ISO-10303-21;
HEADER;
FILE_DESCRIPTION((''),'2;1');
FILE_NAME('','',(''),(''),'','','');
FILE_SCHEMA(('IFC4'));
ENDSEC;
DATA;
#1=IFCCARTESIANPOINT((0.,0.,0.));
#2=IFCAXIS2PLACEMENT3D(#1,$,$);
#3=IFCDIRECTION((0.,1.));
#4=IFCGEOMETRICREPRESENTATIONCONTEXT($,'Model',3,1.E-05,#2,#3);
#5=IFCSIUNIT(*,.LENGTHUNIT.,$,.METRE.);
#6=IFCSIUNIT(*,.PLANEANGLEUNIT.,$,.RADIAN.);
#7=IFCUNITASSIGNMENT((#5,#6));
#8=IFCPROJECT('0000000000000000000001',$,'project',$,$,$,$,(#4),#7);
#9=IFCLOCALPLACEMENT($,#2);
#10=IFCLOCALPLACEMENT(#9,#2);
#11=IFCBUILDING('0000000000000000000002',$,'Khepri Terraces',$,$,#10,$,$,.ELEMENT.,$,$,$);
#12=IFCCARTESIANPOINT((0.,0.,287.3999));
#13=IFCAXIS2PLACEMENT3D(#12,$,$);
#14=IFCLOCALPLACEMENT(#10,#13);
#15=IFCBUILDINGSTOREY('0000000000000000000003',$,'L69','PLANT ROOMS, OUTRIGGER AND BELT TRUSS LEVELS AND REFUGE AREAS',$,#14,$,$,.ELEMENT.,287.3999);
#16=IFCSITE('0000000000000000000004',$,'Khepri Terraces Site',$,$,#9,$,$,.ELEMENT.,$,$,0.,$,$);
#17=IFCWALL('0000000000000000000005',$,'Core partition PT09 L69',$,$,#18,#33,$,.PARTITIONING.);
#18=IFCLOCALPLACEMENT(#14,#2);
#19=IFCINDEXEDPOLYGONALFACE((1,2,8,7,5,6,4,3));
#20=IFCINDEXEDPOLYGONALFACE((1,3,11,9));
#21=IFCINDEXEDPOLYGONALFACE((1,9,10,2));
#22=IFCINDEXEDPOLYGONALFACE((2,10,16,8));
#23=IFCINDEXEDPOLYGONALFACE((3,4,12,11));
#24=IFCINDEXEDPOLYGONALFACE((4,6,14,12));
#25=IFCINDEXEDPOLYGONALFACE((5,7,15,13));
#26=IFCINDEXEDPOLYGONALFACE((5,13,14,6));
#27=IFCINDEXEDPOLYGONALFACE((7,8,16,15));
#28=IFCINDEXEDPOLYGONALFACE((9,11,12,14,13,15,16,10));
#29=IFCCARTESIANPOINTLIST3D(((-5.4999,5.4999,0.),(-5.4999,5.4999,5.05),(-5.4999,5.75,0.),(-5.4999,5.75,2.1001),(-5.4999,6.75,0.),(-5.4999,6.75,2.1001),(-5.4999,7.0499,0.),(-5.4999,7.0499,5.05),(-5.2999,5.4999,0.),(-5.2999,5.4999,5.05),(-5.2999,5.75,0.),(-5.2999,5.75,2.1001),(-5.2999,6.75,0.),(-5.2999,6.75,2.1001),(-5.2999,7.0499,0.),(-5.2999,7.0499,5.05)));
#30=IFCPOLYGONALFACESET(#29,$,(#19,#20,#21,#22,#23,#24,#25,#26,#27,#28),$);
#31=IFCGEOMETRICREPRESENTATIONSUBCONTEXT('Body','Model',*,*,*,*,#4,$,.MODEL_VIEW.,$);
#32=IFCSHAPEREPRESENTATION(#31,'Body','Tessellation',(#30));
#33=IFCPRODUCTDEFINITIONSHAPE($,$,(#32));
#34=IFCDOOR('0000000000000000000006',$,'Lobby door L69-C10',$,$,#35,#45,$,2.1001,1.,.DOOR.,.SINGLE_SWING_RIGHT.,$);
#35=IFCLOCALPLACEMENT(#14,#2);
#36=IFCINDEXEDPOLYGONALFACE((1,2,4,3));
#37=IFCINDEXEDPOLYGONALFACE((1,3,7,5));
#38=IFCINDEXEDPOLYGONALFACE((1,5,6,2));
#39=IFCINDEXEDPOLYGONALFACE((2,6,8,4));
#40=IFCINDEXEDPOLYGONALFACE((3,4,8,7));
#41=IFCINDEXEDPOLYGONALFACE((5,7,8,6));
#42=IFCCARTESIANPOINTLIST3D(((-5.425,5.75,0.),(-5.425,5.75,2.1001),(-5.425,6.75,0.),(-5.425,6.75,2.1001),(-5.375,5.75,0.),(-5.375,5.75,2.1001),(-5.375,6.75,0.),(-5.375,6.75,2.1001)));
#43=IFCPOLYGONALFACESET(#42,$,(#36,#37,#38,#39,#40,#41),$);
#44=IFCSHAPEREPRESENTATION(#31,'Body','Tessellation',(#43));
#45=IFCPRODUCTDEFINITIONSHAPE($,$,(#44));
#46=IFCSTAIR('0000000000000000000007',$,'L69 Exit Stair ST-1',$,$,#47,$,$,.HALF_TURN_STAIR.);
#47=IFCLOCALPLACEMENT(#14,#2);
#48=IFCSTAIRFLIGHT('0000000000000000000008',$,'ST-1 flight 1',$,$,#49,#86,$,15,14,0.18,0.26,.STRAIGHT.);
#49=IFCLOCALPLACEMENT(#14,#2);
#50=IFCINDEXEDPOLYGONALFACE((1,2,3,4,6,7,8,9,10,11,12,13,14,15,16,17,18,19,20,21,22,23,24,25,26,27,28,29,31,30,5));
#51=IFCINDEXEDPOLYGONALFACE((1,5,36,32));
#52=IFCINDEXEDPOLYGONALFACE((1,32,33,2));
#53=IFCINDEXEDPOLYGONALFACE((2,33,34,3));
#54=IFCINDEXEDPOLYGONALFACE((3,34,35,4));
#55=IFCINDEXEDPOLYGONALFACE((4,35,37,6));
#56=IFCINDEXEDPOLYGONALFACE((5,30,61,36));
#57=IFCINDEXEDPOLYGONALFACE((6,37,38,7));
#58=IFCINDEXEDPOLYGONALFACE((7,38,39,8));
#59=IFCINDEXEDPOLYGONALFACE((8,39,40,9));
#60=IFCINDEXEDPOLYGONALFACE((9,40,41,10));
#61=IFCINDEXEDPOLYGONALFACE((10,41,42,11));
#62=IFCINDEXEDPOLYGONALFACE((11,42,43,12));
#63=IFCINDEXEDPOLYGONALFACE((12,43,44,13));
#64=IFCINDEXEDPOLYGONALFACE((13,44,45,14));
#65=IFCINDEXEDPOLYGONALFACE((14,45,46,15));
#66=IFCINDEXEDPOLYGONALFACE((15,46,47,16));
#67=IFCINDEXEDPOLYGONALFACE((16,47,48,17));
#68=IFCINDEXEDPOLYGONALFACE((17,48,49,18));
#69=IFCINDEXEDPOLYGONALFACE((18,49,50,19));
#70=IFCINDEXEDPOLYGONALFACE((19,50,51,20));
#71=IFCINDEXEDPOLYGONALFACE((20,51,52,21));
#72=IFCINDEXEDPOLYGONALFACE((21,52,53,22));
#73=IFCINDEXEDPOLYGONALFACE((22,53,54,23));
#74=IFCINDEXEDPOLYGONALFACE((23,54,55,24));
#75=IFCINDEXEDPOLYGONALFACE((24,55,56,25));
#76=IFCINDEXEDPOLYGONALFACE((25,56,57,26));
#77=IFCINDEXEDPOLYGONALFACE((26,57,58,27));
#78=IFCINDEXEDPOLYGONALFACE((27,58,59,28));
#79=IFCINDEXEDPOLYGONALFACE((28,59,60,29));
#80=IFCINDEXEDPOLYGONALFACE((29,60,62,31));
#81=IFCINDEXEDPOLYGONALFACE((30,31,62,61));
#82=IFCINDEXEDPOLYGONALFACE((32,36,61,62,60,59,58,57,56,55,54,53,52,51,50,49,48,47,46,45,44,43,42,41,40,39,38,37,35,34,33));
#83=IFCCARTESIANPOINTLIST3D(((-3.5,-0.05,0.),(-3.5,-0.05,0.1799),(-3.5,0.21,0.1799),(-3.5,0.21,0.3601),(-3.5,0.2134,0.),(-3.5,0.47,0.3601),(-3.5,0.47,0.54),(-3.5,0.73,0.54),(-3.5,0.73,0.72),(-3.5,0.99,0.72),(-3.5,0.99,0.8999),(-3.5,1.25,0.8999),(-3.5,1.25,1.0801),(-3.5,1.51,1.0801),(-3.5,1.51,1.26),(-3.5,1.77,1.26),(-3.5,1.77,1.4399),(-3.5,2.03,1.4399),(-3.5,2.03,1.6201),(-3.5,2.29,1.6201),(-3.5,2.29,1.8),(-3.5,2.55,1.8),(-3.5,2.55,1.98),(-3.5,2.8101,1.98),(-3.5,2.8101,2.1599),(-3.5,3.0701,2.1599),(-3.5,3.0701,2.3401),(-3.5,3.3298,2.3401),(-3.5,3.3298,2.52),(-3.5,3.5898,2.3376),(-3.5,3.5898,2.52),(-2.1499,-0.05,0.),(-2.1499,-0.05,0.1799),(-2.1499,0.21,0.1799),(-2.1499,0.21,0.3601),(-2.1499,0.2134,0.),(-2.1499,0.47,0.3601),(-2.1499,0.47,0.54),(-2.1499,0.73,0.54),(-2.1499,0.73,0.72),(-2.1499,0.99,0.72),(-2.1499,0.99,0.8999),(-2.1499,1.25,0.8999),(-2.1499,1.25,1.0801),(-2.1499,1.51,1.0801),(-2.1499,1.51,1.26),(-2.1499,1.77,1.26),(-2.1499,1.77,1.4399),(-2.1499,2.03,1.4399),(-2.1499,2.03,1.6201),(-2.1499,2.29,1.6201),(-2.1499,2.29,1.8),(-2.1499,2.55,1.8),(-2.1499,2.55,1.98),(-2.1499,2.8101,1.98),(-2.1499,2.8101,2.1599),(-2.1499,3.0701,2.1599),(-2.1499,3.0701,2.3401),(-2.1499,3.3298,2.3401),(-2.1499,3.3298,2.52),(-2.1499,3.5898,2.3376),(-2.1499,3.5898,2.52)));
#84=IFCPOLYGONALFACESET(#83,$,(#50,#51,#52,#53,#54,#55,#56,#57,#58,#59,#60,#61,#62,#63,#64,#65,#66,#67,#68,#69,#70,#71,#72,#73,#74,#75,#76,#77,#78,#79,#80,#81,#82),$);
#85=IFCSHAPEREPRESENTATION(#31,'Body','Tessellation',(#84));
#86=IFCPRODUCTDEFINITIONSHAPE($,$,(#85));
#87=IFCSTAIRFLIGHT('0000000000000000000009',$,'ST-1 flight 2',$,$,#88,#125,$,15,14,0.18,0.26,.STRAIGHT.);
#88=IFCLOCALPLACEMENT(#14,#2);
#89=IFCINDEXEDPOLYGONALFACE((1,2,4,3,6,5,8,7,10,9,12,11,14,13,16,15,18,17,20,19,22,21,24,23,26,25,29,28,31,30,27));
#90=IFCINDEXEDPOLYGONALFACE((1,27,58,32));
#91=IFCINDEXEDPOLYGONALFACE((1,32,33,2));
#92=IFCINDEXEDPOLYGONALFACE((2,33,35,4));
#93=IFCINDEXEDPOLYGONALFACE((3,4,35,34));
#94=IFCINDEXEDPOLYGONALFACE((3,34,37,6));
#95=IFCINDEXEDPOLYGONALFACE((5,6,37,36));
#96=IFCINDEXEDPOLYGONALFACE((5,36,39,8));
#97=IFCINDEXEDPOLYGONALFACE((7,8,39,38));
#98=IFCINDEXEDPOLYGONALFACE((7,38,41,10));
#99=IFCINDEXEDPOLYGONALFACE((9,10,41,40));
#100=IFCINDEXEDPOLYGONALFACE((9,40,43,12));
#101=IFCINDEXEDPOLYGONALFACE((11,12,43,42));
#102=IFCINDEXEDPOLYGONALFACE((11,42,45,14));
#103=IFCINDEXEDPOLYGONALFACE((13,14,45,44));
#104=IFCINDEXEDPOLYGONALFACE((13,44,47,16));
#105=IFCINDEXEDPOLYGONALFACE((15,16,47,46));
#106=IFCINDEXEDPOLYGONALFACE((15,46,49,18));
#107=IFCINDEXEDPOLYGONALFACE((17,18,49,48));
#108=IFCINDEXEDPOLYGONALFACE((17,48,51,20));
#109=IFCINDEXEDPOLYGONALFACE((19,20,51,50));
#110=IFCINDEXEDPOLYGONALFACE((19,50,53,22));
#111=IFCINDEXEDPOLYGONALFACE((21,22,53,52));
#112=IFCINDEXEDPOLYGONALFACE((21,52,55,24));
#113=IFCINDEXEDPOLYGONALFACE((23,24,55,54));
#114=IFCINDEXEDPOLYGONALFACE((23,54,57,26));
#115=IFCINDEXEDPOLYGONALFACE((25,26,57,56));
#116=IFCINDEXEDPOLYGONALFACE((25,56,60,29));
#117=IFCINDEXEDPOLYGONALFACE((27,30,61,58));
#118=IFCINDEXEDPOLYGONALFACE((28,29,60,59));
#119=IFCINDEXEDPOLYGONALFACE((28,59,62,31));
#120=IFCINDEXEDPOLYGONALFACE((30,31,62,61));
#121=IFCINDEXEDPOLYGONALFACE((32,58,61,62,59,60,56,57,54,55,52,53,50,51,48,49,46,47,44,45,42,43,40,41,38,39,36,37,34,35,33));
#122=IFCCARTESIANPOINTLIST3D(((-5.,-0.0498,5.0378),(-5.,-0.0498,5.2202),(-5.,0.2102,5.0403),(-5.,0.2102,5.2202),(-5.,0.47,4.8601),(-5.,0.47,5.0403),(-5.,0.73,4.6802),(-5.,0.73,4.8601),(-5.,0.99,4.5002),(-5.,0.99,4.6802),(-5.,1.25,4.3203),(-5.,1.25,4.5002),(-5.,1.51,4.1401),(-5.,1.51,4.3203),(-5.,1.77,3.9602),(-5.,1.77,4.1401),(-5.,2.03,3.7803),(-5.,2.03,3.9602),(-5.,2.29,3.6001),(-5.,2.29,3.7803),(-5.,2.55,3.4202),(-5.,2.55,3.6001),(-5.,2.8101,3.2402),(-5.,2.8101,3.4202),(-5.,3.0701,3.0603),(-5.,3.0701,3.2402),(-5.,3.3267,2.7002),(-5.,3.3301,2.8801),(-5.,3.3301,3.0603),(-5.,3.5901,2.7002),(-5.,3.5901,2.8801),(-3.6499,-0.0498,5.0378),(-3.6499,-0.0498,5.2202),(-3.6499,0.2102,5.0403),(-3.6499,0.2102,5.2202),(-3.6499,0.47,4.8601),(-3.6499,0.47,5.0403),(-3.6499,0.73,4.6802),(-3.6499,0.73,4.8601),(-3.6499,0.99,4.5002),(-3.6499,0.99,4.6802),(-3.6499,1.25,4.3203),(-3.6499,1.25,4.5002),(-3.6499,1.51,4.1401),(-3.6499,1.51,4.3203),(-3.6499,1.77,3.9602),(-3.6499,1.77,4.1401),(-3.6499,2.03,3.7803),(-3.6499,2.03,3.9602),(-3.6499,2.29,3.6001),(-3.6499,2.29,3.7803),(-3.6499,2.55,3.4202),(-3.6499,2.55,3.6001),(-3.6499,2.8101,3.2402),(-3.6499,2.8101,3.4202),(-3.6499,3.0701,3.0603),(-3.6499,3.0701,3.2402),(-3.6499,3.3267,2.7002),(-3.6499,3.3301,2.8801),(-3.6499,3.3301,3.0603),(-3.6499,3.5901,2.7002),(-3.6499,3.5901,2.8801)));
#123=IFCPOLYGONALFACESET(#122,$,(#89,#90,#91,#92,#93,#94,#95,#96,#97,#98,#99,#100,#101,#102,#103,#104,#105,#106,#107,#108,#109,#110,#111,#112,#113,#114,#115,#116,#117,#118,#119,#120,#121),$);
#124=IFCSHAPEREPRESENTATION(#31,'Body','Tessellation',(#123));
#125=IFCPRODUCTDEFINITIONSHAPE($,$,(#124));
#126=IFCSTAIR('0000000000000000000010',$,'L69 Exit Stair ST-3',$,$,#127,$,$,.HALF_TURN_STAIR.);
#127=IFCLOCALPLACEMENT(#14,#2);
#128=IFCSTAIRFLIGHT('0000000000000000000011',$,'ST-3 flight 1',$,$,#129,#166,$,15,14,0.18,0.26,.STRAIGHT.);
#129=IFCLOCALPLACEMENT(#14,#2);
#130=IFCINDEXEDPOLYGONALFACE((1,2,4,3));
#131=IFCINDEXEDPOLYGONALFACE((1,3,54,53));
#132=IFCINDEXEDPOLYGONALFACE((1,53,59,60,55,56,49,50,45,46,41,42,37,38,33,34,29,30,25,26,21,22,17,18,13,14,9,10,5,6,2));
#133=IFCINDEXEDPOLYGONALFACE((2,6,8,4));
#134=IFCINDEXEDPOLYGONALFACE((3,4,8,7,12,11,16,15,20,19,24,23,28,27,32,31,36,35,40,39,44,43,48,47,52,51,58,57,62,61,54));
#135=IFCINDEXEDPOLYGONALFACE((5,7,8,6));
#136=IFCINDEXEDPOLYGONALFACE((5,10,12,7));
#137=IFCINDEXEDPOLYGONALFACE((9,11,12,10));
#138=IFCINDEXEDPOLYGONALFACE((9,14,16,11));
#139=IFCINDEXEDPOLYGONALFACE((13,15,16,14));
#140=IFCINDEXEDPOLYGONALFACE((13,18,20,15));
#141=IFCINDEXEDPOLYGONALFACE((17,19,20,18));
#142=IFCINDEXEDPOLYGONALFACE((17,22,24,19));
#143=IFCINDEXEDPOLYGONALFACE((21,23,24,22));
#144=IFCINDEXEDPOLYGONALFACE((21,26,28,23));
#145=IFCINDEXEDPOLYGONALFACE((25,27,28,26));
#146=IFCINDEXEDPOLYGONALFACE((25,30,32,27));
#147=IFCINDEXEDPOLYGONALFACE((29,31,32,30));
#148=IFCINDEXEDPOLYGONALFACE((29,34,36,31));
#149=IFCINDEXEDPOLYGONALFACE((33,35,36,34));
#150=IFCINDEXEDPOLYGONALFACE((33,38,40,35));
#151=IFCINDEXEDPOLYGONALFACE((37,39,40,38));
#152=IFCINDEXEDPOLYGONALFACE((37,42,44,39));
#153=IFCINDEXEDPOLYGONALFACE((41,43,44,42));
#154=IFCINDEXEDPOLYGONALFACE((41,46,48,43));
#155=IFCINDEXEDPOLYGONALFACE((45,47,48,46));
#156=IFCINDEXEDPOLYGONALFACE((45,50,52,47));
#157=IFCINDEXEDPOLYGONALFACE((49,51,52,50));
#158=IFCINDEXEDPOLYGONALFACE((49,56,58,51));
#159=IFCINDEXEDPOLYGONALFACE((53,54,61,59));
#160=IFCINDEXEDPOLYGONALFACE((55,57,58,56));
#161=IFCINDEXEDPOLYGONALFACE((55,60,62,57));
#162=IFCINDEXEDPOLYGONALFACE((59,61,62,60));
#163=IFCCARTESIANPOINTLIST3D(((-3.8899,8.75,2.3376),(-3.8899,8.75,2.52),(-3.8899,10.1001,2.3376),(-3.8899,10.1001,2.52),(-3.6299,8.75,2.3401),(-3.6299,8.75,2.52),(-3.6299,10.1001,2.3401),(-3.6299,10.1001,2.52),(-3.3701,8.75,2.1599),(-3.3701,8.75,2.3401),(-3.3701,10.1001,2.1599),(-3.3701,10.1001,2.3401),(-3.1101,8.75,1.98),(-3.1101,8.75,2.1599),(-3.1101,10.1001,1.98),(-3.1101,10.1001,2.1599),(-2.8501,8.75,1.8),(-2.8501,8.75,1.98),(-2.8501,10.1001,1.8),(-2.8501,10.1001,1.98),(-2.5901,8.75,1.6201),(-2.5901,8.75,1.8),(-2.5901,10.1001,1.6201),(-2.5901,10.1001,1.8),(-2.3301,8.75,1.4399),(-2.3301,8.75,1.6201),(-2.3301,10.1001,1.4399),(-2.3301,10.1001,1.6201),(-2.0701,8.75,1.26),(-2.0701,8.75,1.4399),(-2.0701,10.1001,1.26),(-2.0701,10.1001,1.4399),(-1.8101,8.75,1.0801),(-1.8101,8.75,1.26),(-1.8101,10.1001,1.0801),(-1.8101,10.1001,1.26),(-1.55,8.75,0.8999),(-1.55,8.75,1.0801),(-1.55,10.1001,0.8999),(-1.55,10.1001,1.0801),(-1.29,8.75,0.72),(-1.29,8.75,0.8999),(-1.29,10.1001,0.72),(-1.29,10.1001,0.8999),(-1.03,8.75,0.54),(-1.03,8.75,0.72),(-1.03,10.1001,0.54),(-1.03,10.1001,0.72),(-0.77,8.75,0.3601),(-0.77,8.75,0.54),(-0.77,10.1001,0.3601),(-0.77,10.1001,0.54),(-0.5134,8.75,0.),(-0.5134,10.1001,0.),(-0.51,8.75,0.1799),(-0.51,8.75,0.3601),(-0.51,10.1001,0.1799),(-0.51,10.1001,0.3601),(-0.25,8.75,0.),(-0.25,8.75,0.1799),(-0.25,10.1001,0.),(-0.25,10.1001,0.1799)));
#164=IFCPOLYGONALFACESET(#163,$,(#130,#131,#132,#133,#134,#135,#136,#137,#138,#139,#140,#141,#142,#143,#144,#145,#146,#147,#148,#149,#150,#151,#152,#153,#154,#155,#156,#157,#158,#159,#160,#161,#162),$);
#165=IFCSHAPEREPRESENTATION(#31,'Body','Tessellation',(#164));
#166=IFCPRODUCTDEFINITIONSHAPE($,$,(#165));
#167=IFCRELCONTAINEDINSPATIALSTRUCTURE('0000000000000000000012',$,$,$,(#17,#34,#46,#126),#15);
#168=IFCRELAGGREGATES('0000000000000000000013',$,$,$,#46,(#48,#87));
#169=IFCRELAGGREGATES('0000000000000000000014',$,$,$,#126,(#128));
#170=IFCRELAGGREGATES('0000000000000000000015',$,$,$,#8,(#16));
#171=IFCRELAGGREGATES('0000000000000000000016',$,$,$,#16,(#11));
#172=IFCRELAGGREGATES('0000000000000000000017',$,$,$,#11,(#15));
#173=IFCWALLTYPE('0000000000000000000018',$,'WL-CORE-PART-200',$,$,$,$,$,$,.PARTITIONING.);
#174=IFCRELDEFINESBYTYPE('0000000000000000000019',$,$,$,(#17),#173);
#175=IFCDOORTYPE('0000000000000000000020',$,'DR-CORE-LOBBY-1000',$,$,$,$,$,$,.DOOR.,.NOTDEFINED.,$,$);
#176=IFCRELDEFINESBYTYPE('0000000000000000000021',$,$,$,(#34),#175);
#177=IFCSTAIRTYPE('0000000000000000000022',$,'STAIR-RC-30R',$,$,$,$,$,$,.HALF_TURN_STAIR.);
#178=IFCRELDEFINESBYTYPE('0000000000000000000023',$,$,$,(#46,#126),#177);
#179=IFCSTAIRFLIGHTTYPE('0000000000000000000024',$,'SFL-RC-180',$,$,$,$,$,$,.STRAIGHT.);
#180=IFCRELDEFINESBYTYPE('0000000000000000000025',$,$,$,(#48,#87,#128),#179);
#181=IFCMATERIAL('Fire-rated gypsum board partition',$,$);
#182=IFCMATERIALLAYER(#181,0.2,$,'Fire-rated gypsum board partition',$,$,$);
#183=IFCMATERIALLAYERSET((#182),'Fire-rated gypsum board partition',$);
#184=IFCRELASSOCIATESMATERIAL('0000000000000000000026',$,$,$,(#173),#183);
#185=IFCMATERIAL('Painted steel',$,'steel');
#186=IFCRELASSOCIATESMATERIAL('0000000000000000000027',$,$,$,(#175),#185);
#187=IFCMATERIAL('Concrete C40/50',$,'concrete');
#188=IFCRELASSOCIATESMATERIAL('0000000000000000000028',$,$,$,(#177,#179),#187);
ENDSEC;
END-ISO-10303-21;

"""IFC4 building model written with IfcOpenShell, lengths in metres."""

from ifc_helpers import new_model, si_unit, direction, frame, frame_2d, origin, place, context, subcontext, project, spatial, polyline, rectangle, outline, extrude, material, layer, layer_set, type_object, element, fill, aggregate, save


model = new_model("IFC4")

# Units and contexts
model_context = context("Model", 3, precision=1e-05, world=origin(), true_north=direction((0.0, 1.0)))
body_context = subcontext(model_context, "Body", "Model", "MODEL_VIEW")
ifc_project = project(units=[si_unit("LENGTHUNIT", "METRE"), si_unit("PLANEANGLEUNIT", "RADIAN")], contexts=[model_context])

# Site, building, storey
site_placement = place(None, origin())
site = spatial("IfcSite", under=ifc_project, at=site_placement, Name="Khepri Terraces Site", CompositionType="ELEMENT", RefElevation=0.0)
building_placement = place(site_placement, origin())
building = spatial("IfcBuilding", under=site, at=building_placement, Name="Khepri Terraces", CompositionType="ELEMENT")
storey_placement = place(building_placement, frame((0.0, 0.0, 287.3999)))
storey = spatial("IfcBuildingStorey", under=building, at=storey_placement, Name="L69", Description="PLANT ROOMS, OUTRIGGER AND BELT TRUSS LEVELS AND REFUGE AREAS", CompositionType="ELEMENT", Elevation=287.3999)

# Shared definitions
ifc_material_1 = material(Name="Concrete C40/50", Category="concrete")

# Shared definitions
ifc_material_2 = material(Name="Painted steel", Category="steel")

# Shared definitions
ifc_material_3 = material(Name="Fire-rated gypsum board partition")

# Wall, opening, door
ifc_layer_1 = layer(ifc_material_3, 0.2, Name="Fire-rated gypsum board partition")
ifc_layer_set_1 = layer_set([ifc_layer_1], Name="Fire-rated gypsum board partition")
wall_type_1 = type_object("IfcWallType", Name="WL-CORE-PART-200", PredefinedType="PARTITIONING", material=ifc_layer_set_1)
wall_1_placement = place(storey_placement, frame((-5.3999, 5.5, 0.0), z_axis=(0.0, 0.0, 1.0), x_axis=(0.0, 1.0, 0.0)))
wall_1 = element("IfcWall", 1, at=wall_1_placement, inside=storey, type_object=wall_type_1, Name="Core partition PT09 L69", PredefinedType="PARTITIONING", context=body_context, shape_type="SweptSolid", body=[
    extrude(rectangle(XDim=1.55, YDim=0.2, at=frame_2d((0.7749, 0.0))), origin(), (0.0, 0.0, 1.0), 5.05),
])
opening_1_placement = place(wall_1_placement, frame((0.25, 0.0, 0.0)))
opening_1 = element("IfcOpeningElement", 2, at=opening_1_placement, cuts=wall_1, PredefinedType="OPENING", context=body_context, shape_type="SweptSolid", body=[
    extrude(rectangle(XDim=1.0, YDim=2.1001, at=frame_2d((0.5, 1.05))), frame((0.0, 0.1099, 0.0), z_axis=(0.0, -1.0, 0.0), x_axis=(1.0, 0.0, 0.0)), (0.0, 0.0, 1.0), 0.22),
])
door_type_1 = type_object("IfcDoorType", Name="DR-CORE-LOBBY-1000", OperationType="NOTDEFINED", PredefinedType="DOOR", material=ifc_material_2)
door_1_placement = place(opening_1_placement, frame((1.0, 0.0, 0.0), z_axis=(0.0, 0.0, 1.0), x_axis=(-1.0, 0.0, 0.0)))
door_1 = element("IfcDoor", 3, at=door_1_placement, inside=storey, type_object=door_type_1, Name="Lobby door L69-C10", OperationType="SINGLE_SWING_RIGHT", OverallHeight=2.1001, OverallWidth=1.0, PredefinedType="DOOR", context=body_context, shape_type="SweptSolid", body=[
    extrude(rectangle(XDim=1.0, YDim=2.1001, at=frame_2d((0.5, 1.05))), frame((0.0, 0.0249, 0.0), z_axis=(0.0, -1.0, 0.0), x_axis=(1.0, 0.0, 0.0)), (0.0, 0.0, 1.0), 0.05),
])
fill(opening_1, door_1)

# Stairs, stair flights
stair_type = type_object("IfcStairType", Name="STAIR-RC-30R", PredefinedType="HALF_TURN_STAIR", material=ifc_material_1)
stair_1_placement = place(storey_placement, origin())
stair_1 = element("IfcStair", 4, at=stair_1_placement, inside=storey, type_object=stair_type, Name="L69 Exit Stair ST-1", PredefinedType="HALF_TURN_STAIR")
stair_flight_type = type_object("IfcStairFlightType", Name="SFL-RC-180", PredefinedType="STRAIGHT", material=ifc_material_1)
stair_flight_1_placement = place(storey_placement, frame((-2.825, -0.05, 0.0), z_axis=(0.0, 0.0, 1.0), x_axis=(0.0, 1.0, 0.0)))
stair_flight_1 = element("IfcStairFlight", 5, at=stair_flight_1_placement, type_object=stair_flight_type, Name="ST-1 flight 1", NumberOfRisers=15, NumberOfTreads=14, PredefinedType="STRAIGHT", RiserHeight=0.18, TreadLength=0.26, context=body_context, shape_type="SweptSolid", body=[
    extrude(outline(polyline([(0.0, 0.0), (0.0, 0.1799), (0.26, 0.1799), (0.26, 0.3601), (0.52, 0.3601), (0.52, 0.54), (0.78, 0.54), (0.78, 0.72), (1.04, 0.72), (1.04, 0.8999), (1.3, 0.8999), (1.3, 1.0801), (1.5601, 1.0801), (1.5601, 1.26), (1.8201, 1.26), (1.8201, 1.4399), (2.0801, 1.4399), (2.0801, 1.6201), (2.3401, 1.6201), (2.3401, 1.8), (2.6001, 1.8), (2.6001, 1.98), (2.8601, 1.98), (2.8601, 2.1599), (3.1201, 2.1599), (3.1201, 2.3401), (3.3799, 2.3401), (3.3799, 2.52), (3.6399, 2.52), (3.6399, 2.7), (3.6399, 2.3376), (0.2634, 0.0), (0.0, 0.0)])), frame((0.0, 0.675, 0.0), z_axis=(0.0, -1.0, 0.0), x_axis=(1.0, 0.0, 0.0)), (0.0, 0.0, 1.0), 1.3501),
])
stair_flight_2_placement = place(storey_placement, frame((-4.325, 3.5901, 2.7002), z_axis=(0.0, 0.0, 1.0), x_axis=(0.0, -1.0, 0.0)))
stair_flight_2 = element("IfcStairFlight", 6, at=stair_flight_2_placement, type_object=stair_flight_type, Name="ST-1 flight 2", NumberOfRisers=15, NumberOfTreads=14, PredefinedType="STRAIGHT", RiserHeight=0.18, TreadLength=0.26, context=body_context, shape_type="SweptSolid", body=[
    extrude(outline(polyline([(0.0, 0.0), (0.0, 0.1799), (0.26, 0.1799), (0.26, 0.3601), (0.52, 0.3601), (0.52, 0.54), (0.78, 0.54), (0.78, 0.72), (1.04, 0.72), (1.04, 0.8999), (1.3, 0.8999), (1.3, 1.0801), (1.5601, 1.0801), (1.5601, 1.26), (1.8201, 1.26), (1.8201, 1.4399), (2.0801, 1.4399), (2.0801, 1.6201), (2.3401, 1.6201), (2.3401, 1.8), (2.6001, 1.8), (2.6001, 1.98), (2.8601, 1.98), (2.8601, 2.1599), (3.1201, 2.1599), (3.1201, 2.3401), (3.3799, 2.3401), (3.3799, 2.52), (3.6399, 2.52), (3.6399, 2.7), (3.6399, 2.3376), (0.2634, 0.0), (0.0, 0.0)])), frame((0.0, 0.675, 0.0), z_axis=(0.0, -1.0, 0.0), x_axis=(1.0, 0.0, 0.0)), (0.0, 0.0, 1.0), 1.3501),
])
aggregate(stair_1, [stair_flight_1, stair_flight_2])
stair_2_placement = place(storey_placement, origin())
stair_2 = element("IfcStair", 7, at=stair_2_placement, inside=storey, type_object=stair_type, Name="L69 Exit Stair ST-3", PredefinedType="HALF_TURN_STAIR")
stair_flight_3_placement = place(storey_placement, frame((-0.25, 9.425, 0.0), z_axis=(0.0, 0.0, 1.0), x_axis=(-1.0, 0.0, 0.0)))
stair_flight_3 = element("IfcStairFlight", 8, at=stair_flight_3_placement, type_object=stair_flight_type, Name="ST-3 flight 1", NumberOfRisers=15, NumberOfTreads=14, PredefinedType="STRAIGHT", RiserHeight=0.18, TreadLength=0.26, context=body_context, shape_type="SweptSolid", body=[
    extrude(outline(polyline([(0.0, 0.0), (0.0, 0.1799), (0.26, 0.1799), (0.26, 0.3601), (0.52, 0.3601), (0.52, 0.54), (0.78, 0.54), (0.78, 0.72), (1.04, 0.72), (1.04, 0.8999), (1.3, 0.8999), (1.3, 1.0801), (1.5601, 1.0801), (1.5601, 1.26), (1.8201, 1.26), (1.8201, 1.4399), (2.0801, 1.4399), (2.0801, 1.6201), (2.3401, 1.6201), (2.3401, 1.8), (2.6001, 1.8), (2.6001, 1.98), (2.8601, 1.98), (2.8601, 2.1599), (3.1201, 2.1599), (3.1201, 2.3401), (3.3799, 2.3401), (3.3799, 2.52), (3.6399, 2.52), (3.6399, 2.7), (3.6399, 2.3376), (0.2634, 0.0), (0.0, 0.0)])), frame((0.0, 0.675, 0.0), z_axis=(0.0, -1.0, 0.0), x_axis=(1.0, 0.0, 0.0)), (0.0, 0.0, 1.0), 1.3501),
])
aggregate(stair_2, [stair_flight_3])

save(model, "model.ifc")
